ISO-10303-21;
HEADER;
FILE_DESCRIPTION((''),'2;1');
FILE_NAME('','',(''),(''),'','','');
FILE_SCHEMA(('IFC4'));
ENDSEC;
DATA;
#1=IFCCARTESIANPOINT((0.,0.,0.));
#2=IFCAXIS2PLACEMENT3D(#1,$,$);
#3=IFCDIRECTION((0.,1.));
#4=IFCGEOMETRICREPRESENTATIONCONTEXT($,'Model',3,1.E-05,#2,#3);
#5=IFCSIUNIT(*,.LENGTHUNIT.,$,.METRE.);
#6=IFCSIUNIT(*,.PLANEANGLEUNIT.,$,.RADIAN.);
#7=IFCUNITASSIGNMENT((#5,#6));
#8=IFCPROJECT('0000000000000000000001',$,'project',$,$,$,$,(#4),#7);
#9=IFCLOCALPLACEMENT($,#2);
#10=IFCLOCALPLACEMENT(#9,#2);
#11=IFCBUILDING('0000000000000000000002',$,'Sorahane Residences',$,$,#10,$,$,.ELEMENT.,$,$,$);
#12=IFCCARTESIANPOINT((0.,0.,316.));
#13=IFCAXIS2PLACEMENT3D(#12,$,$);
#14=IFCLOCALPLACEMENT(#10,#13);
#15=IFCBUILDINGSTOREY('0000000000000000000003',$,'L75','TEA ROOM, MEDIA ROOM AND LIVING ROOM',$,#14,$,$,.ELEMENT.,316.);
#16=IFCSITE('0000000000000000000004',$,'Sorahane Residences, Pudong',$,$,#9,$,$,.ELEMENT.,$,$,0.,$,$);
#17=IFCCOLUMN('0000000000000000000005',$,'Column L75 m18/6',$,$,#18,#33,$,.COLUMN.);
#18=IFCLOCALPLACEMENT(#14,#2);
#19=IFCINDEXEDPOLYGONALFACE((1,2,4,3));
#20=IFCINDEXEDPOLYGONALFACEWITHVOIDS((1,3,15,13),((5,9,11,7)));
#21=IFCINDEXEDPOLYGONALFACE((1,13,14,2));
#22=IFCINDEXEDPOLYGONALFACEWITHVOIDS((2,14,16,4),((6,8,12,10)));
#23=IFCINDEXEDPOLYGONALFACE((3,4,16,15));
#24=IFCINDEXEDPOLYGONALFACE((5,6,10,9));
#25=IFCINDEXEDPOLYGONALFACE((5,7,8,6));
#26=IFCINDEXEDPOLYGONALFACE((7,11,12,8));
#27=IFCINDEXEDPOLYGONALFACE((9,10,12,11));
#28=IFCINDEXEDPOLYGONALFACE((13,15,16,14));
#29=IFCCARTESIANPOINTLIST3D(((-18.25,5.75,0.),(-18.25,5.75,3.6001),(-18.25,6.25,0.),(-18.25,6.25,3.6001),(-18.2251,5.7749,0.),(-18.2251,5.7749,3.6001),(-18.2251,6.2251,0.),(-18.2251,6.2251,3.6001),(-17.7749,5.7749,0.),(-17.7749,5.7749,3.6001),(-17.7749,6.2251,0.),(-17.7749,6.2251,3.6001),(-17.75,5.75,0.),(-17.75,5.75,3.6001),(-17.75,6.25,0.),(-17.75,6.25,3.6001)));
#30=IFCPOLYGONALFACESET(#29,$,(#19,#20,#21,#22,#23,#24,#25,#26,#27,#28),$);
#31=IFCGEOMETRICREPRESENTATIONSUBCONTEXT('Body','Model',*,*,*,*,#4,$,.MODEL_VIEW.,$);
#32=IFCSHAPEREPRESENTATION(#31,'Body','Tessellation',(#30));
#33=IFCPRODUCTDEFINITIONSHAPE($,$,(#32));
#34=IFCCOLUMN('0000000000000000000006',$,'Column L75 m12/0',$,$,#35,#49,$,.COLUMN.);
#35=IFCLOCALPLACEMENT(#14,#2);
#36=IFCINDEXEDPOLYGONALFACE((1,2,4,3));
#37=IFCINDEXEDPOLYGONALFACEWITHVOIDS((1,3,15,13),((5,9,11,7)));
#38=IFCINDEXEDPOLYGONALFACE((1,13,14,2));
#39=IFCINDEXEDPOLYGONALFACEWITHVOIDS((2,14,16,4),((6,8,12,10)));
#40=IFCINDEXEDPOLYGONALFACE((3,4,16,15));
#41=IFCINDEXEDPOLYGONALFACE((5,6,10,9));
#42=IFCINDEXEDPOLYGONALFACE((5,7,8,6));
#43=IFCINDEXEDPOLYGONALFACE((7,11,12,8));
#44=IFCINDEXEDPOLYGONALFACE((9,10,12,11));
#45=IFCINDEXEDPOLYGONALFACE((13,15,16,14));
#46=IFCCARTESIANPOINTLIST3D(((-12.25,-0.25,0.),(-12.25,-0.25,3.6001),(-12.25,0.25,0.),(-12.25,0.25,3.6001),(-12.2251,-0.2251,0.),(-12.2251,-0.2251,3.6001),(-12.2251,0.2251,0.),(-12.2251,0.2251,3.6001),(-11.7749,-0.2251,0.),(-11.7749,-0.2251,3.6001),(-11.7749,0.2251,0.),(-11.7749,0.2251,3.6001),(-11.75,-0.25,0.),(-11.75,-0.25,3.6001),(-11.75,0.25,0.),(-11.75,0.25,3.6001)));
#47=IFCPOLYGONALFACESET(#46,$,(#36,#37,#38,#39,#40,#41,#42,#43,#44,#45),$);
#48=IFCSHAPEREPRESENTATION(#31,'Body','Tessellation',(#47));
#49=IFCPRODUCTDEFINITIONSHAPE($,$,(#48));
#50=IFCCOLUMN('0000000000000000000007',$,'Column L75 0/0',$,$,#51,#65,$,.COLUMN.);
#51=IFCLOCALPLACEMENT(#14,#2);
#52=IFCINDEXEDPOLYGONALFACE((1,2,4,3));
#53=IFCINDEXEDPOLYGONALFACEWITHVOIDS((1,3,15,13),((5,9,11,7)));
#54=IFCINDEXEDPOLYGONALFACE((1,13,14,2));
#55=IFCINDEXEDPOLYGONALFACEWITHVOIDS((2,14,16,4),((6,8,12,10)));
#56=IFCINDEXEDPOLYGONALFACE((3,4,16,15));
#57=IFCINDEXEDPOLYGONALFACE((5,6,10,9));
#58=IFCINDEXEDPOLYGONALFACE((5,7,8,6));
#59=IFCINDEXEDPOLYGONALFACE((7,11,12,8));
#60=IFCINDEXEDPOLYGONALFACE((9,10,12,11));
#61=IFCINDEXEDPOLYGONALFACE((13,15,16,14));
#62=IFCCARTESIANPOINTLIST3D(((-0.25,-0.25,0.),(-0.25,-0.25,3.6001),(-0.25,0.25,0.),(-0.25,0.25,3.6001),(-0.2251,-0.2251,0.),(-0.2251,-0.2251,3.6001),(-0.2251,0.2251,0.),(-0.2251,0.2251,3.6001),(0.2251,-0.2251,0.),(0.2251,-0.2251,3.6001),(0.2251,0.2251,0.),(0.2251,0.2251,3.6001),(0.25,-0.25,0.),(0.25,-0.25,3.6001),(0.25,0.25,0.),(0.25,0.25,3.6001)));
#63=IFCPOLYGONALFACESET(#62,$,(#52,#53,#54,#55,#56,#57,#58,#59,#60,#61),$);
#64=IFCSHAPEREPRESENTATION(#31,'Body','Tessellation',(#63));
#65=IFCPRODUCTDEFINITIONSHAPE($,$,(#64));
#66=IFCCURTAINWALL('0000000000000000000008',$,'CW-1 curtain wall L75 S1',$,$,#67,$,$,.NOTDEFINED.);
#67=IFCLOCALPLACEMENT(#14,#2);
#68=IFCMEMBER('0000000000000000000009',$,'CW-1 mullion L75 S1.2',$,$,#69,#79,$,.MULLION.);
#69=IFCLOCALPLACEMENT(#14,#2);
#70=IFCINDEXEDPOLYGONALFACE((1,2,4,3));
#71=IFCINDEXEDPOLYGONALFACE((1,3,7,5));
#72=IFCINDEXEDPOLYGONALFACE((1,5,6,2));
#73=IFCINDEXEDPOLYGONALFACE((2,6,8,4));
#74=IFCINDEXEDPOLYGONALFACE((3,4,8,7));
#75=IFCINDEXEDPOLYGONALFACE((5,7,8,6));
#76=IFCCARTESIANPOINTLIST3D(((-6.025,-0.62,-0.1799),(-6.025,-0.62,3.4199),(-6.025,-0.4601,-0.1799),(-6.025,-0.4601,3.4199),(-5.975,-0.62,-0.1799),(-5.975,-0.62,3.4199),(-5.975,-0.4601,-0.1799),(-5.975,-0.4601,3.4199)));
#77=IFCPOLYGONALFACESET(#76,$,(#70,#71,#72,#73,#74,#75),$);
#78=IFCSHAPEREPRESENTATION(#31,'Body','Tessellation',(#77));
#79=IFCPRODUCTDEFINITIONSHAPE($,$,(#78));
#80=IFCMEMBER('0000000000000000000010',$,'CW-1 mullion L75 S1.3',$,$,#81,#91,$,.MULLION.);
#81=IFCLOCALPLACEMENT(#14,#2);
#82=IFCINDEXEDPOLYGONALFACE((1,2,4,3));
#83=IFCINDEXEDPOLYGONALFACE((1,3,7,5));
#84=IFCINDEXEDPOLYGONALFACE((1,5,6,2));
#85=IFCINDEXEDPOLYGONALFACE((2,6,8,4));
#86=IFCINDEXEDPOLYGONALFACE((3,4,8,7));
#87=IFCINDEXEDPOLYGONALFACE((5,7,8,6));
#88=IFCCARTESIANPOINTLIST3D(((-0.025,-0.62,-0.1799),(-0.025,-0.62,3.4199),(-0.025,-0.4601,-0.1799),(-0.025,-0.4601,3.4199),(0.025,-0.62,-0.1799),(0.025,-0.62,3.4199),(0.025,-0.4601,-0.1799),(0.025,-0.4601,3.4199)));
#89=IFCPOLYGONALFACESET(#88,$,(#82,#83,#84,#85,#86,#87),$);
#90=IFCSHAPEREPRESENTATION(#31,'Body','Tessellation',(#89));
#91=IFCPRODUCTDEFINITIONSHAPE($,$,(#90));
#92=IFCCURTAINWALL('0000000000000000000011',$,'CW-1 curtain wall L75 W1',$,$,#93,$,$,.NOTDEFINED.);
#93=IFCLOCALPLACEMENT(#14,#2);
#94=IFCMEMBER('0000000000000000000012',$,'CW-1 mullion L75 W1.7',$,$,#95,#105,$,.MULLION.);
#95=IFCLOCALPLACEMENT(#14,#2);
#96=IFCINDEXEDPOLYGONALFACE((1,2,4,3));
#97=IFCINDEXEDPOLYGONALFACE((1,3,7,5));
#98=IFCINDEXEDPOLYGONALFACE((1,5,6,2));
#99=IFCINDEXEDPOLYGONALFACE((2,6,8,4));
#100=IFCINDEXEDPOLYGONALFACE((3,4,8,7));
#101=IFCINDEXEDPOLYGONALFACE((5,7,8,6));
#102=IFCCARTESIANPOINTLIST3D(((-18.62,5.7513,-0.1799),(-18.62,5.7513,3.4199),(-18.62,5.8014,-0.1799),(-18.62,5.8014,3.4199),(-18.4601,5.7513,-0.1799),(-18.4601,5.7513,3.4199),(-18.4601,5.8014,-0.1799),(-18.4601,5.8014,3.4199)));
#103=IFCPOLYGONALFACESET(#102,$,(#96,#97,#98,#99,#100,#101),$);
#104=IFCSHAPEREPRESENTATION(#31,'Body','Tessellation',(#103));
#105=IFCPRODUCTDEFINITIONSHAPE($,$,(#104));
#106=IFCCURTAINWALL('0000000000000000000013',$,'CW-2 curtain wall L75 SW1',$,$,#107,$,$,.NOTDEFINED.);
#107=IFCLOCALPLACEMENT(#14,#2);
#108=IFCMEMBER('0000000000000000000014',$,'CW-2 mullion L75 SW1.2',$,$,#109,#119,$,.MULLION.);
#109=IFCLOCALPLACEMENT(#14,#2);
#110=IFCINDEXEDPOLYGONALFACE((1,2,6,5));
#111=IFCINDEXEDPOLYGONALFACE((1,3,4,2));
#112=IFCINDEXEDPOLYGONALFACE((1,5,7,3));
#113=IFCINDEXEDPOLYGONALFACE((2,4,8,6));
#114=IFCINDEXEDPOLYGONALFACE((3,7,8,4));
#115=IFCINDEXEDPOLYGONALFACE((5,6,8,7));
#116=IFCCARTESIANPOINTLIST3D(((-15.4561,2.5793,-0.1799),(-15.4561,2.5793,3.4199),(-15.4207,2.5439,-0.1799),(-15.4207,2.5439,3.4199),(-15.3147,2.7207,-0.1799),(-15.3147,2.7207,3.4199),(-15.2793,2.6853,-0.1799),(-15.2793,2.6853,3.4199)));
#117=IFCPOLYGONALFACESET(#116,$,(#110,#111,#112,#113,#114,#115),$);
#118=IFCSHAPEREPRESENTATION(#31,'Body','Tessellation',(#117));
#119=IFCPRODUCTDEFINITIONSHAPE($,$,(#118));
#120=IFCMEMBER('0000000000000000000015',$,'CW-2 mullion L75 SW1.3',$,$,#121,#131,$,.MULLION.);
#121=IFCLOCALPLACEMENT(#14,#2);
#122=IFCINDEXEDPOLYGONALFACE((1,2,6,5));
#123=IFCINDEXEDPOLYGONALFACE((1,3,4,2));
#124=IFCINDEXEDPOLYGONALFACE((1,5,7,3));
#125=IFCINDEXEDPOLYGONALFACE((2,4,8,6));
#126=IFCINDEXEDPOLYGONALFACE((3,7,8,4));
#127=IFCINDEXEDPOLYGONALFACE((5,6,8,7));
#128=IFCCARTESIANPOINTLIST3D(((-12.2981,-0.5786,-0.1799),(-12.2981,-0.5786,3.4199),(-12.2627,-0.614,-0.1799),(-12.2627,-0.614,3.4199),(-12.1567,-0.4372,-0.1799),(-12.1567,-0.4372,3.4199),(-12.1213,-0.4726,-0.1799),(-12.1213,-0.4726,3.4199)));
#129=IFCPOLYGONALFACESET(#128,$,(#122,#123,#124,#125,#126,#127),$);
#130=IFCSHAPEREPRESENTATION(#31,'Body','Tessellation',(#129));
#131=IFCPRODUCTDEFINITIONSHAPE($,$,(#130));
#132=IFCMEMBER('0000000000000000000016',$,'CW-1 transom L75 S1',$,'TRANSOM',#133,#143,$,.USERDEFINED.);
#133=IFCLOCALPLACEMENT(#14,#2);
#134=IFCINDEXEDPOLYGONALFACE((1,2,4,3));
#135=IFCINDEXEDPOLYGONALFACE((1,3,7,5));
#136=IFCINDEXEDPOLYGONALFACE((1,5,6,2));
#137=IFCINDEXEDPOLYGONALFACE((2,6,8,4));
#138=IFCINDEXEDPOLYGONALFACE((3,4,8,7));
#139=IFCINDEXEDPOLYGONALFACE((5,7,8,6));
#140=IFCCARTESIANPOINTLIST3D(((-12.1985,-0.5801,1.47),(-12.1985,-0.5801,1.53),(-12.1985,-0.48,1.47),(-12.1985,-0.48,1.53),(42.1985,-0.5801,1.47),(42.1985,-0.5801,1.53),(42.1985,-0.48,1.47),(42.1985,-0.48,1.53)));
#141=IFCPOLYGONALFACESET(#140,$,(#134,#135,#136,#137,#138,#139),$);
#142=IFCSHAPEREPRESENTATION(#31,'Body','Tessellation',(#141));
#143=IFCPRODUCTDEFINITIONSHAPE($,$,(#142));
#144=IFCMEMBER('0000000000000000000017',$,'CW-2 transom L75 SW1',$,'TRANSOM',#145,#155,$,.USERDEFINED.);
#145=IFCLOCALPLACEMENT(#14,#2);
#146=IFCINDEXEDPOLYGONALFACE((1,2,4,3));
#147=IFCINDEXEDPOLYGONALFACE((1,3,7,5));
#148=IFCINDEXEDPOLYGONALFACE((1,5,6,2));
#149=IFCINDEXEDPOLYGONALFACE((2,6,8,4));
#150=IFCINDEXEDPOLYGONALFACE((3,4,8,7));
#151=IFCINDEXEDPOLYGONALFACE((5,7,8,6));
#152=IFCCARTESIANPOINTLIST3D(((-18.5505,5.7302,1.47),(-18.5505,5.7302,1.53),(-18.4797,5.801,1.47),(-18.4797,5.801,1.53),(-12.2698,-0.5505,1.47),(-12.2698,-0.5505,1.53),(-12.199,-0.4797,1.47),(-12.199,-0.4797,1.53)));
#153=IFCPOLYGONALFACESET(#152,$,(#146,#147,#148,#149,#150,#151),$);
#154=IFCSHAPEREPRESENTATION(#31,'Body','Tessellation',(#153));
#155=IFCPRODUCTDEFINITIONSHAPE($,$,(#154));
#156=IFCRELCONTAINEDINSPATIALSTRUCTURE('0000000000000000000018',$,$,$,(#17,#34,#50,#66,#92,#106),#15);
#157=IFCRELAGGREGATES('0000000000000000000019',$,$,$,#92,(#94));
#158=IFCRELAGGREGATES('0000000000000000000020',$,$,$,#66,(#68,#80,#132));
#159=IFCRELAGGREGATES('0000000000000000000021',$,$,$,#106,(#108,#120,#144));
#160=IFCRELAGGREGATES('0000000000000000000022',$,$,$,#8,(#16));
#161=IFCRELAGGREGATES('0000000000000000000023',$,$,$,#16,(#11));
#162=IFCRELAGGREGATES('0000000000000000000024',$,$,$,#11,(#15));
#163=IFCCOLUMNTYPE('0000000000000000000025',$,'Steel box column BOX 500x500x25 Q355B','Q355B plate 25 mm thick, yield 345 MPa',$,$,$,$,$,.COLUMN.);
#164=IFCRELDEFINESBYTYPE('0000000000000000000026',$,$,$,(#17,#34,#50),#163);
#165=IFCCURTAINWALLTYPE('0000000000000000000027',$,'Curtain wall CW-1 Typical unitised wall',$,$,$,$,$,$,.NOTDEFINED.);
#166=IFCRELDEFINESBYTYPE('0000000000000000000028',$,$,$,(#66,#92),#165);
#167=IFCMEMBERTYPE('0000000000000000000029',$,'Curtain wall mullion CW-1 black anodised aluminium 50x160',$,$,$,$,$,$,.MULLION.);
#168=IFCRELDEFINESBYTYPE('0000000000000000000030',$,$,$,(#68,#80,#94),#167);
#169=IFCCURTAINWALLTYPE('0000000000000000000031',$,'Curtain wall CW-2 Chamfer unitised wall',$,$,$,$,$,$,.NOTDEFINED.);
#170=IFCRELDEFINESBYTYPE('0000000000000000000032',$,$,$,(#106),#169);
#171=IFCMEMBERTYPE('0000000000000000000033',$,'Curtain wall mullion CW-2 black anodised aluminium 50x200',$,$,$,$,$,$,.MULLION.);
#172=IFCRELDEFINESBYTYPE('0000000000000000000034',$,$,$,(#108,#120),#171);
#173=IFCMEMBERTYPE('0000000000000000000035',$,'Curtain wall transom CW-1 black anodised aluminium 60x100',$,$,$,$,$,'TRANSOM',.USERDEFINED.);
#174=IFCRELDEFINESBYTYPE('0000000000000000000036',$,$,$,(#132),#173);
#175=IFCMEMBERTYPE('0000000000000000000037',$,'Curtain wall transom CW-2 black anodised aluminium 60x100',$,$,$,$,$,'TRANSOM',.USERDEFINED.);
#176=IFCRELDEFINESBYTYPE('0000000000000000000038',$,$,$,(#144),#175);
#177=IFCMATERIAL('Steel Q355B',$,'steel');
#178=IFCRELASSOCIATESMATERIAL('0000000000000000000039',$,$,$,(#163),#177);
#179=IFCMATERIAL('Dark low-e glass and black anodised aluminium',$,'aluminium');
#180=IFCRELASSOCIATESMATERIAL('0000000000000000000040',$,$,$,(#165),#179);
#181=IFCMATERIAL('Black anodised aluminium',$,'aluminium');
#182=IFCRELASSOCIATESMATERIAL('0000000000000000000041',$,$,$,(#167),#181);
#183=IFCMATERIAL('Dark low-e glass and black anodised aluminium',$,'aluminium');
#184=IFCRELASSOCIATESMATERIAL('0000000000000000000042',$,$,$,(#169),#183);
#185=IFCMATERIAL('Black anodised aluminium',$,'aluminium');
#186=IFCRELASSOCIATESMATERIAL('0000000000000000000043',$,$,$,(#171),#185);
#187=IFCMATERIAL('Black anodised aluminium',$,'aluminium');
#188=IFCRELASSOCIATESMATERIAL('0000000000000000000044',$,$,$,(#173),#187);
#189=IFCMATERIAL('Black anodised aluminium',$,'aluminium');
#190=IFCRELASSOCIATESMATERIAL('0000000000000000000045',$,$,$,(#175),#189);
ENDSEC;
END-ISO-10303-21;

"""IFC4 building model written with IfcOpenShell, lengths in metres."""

from ifc_helpers import new_model, si_unit, direction, frame, origin, origin_2d, place, context, subcontext, project, spatial, rectangle, hollow_rectangle, extrude, material, material_profile, profile_set, type_object, element, aggregate, save


model = new_model("IFC4")

# Units and contexts
model_context = context("Model", 3, precision=1e-05, world=origin(), true_north=direction((0.0, 1.0)))
body_context = subcontext(model_context, "Body", "Model", "MODEL_VIEW")
ifc_project = project(units=[si_unit("LENGTHUNIT", "METRE"), si_unit("PLANEANGLEUNIT", "RADIAN")], contexts=[model_context])

# Site, building, storey
site_placement = place(None, origin())
site = spatial("IfcSite", under=ifc_project, at=site_placement, Name="Sorahane Residences, Pudong", CompositionType="ELEMENT", RefElevation=0.0)
building_placement = place(site_placement, origin())
building = spatial("IfcBuilding", under=site, at=building_placement, Name="Sorahane Residences", CompositionType="ELEMENT")
storey_placement = place(building_placement, frame((0.0, 0.0, 316.0)))
storey = spatial("IfcBuildingStorey", under=building, at=storey_placement, Name="L75", Description="TEA ROOM, MEDIA ROOM AND LIVING ROOM", CompositionType="ELEMENT", Elevation=316.0)

# Columns
ifc_material_1 = material(Name="Steel Q355B", Category="steel")
ifc_material_profile_1 = material_profile(ifc_material_1, hollow_rectangle(XDim=0.5, YDim=0.5, WallThickness=0.0249, at=origin_2d()), Name="BOX 500x500x25")
ifc_profile_set_1 = profile_set([ifc_material_profile_1], Name="Steel Q355B")
column_type = type_object("IfcColumnType", Name="Steel box column BOX 500x500x25 Q355B", Description="Q355B plate 25 mm thick, yield 345 MPa", PredefinedType="COLUMN", material=ifc_profile_set_1)
for number, where, z_axis, x_axis, name in (
    (1, (-18.0, 6.0, 0.0), (0.0, 0.0, 1.0), (1.0, 0.0, 0.0), "Column L75 m18/6"),
    (2, (-12.0, 0.0, 0.0), (0.0, 0.0, 1.0), (1.0, 0.0, 0.0), "Column L75 m12/0"),
    (3, (0.0, 0.0, 0.0), (0.0, 0.0, 1.0), (1.0, 0.0, 0.0), "Column L75 0/0"),
):
    element("IfcColumn", number, at=place(storey_placement, frame(where, z_axis=z_axis, x_axis=x_axis)), inside=storey, type_object=column_type, Name=name, PredefinedType="COLUMN", context=body_context, shape_type="SweptSolid", body=[
        extrude(hollow_rectangle(XDim=0.5, YDim=0.5, WallThickness=0.0249, at=origin_2d()), origin(), (0.0, 0.0, 1.0), 3.6001),
    ])

# Curtain wall, members
ifc_material_2 = material(Name="Dark low-e glass and black anodised aluminium", Category="aluminium")
curtain_wall_type_1 = type_object("IfcCurtainWallType", Name="Curtain wall CW-1 Typical unitised wall", PredefinedType="NOTDEFINED", material=ifc_material_2)
curtain_wall_1_placement = place(storey_placement, origin())
curtain_wall_1 = element("IfcCurtainWall", 4, at=curtain_wall_1_placement, inside=storey, type_object=curtain_wall_type_1, Name="CW-1 curtain wall L75 S1", PredefinedType="NOTDEFINED")
ifc_material_3 = material(Name="Black anodised aluminium", Category="aluminium")
ifc_material_profile_2 = material_profile(ifc_material_3, rectangle(XDim=0.1599, YDim=0.05, at=origin_2d()), Name="Curtain wall mullion CW-1 black anodised aluminium 50x160")
ifc_profile_set_2 = profile_set([ifc_material_profile_2], Name="Black anodised aluminium")
member_type_1 = type_object("IfcMemberType", Name="Curtain wall mullion CW-1 black anodised aluminium 50x160", PredefinedType="MULLION", material=ifc_profile_set_2)
member_1_placement = place(storey_placement, frame((-6.0, -0.54, -0.1799), z_axis=(0.0, 0.0, 1.0), x_axis=(0.0, -1.0, 0.0)))
member_1 = element("IfcMember", 5, at=member_1_placement, type_object=member_type_1, Name="CW-1 mullion L75 S1.2", PredefinedType="MULLION", context=body_context, shape_type="SweptSolid", body=[
    extrude(rectangle(XDim=0.1599, YDim=0.05, at=origin_2d()), origin(), (0.0, 0.0, 1.0), 3.5999),
])
member_2_placement = place(storey_placement, frame((0.0, -0.54, -0.1799), z_axis=(0.0, 0.0, 1.0), x_axis=(0.0, -1.0, 0.0)))
member_2 = element("IfcMember", 6, at=member_2_placement, type_object=member_type_1, Name="CW-1 mullion L75 S1.3", PredefinedType="MULLION", context=body_context, shape_type="SweptSolid", body=[
    extrude(rectangle(XDim=0.1599, YDim=0.05, at=origin_2d()), origin(), (0.0, 0.0, 1.0), 3.5999),
])

# Curtain wall, member
curtain_wall_2_placement = place(storey_placement, origin())
curtain_wall_2 = element("IfcCurtainWall", 7, at=curtain_wall_2_placement, inside=storey, type_object=curtain_wall_type_1, Name="CW-1 curtain wall L75 W1", PredefinedType="NOTDEFINED")
member_3_placement = place(storey_placement, frame((-18.54, 5.7764, -0.1799), z_axis=(0.0, 0.0, 1.0), x_axis=(-1.0, 0.0, 0.0)))
member_3 = element("IfcMember", 8, at=member_3_placement, type_object=member_type_1, Name="CW-1 mullion L75 W1.7", PredefinedType="MULLION", context=body_context, shape_type="SweptSolid", body=[
    extrude(rectangle(XDim=0.1599, YDim=0.05, at=origin_2d()), origin(), (0.0, 0.0, 1.0), 3.5999),
])
aggregate(curtain_wall_2, [member_3])

# Curtain wall, members
ifc_material_4 = material(Name="Dark low-e glass and black anodised aluminium", Category="aluminium")
curtain_wall_type_2 = type_object("IfcCurtainWallType", Name="Curtain wall CW-2 Chamfer unitised wall", PredefinedType="NOTDEFINED", material=ifc_material_4)
curtain_wall_3_placement = place(storey_placement, origin())
curtain_wall_3 = element("IfcCurtainWall", 9, at=curtain_wall_3_placement, inside=storey, type_object=curtain_wall_type_2, Name="CW-2 curtain wall L75 SW1", PredefinedType="NOTDEFINED")
ifc_material_5 = material(Name="Black anodised aluminium", Category="aluminium")
ifc_material_profile_3 = material_profile(ifc_material_5, rectangle(XDim=0.2, YDim=0.05, at=origin_2d()), Name="Curtain wall mullion CW-2 black anodised aluminium 50x200")
ifc_profile_set_3 = profile_set([ifc_material_profile_3], Name="Black anodised aluminium")
member_type_2 = type_object("IfcMemberType", Name="Curtain wall mullion CW-2 black anodised aluminium 50x200", PredefinedType="MULLION", material=ifc_profile_set_3)
member_4_placement = place(storey_placement, frame((-15.3677, 2.6323, -0.1799), z_axis=(0.0, 0.0, 1.0), x_axis=(-0.707107, -0.707107, 0.0)))
member_4 = element("IfcMember", 10, at=member_4_placement, type_object=member_type_2, Name="CW-2 mullion L75 SW1.2", PredefinedType="MULLION", context=body_context, shape_type="SweptSolid", body=[
    extrude(rectangle(XDim=0.2, YDim=0.05, at=origin_2d()), origin(), (0.0, 0.0, 1.0), 3.5999),
])
member_5_placement = place(storey_placement, frame((-12.2097, -0.5256, -0.1799), z_axis=(0.0, 0.0, 1.0), x_axis=(-0.707107, -0.707107, 0.0)))
member_5 = element("IfcMember", 11, at=member_5_placement, type_object=member_type_2, Name="CW-2 mullion L75 SW1.3", PredefinedType="MULLION", context=body_context, shape_type="SweptSolid", body=[
    extrude(rectangle(XDim=0.2, YDim=0.05, at=origin_2d()), origin(), (0.0, 0.0, 1.0), 3.5999),
])

# Members
ifc_material_6 = material(Name="Black anodised aluminium", Category="aluminium")
ifc_material_profile_4 = material_profile(ifc_material_6, rectangle(XDim=0.1001, YDim=0.0601, at=origin_2d()), Name="Curtain wall transom CW-1 black anodised aluminium 60x100")
ifc_profile_set_4 = profile_set([ifc_material_profile_4], Name="Black anodised aluminium")
member_type_3 = type_object("IfcMemberType", Name="Curtain wall transom CW-1 black anodised aluminium 60x100", ElementType="TRANSOM", PredefinedType="USERDEFINED", material=ifc_profile_set_4)
member_6_placement = place(storey_placement, frame((-12.1985, -0.53, 1.5), z_axis=(1.0, 0.0, 0.0), x_axis=(0.0, 1.0, 0.0)))
member_6 = element("IfcMember", 12, at=member_6_placement, type_object=member_type_3, Name="CW-1 transom L75 S1", ObjectType="TRANSOM", PredefinedType="USERDEFINED", context=body_context, shape_type="SweptSolid", body=[
    extrude(rectangle(XDim=0.1001, YDim=0.0601, at=origin_2d()), origin(), (0.0, 0.0, 1.0), 54.397),
])
ifc_material_7 = material(Name="Black anodised aluminium", Category="aluminium")
ifc_material_profile_5 = material_profile(ifc_material_7, rectangle(XDim=0.1001, YDim=0.0601, at=origin_2d()), Name="Curtain wall transom CW-2 black anodised aluminium 60x100")
ifc_profile_set_5 = profile_set([ifc_material_profile_5], Name="Black anodised aluminium")
member_type_4 = type_object("IfcMemberType", Name="Curtain wall transom CW-2 black anodised aluminium 60x100", ElementType="TRANSOM", PredefinedType="USERDEFINED", material=ifc_profile_set_5)
member_7_placement = place(storey_placement, frame((-18.5151, 5.7656, 1.5), z_axis=(0.707107, -0.707107, 0.0), x_axis=(0.707107, 0.707107, 0.0)))
member_7 = element("IfcMember", 13, at=member_7_placement, type_object=member_type_4, Name="CW-2 transom L75 SW1", ObjectType="TRANSOM", PredefinedType="USERDEFINED", context=body_context, shape_type="SweptSolid", body=[
    extrude(rectangle(XDim=0.1001, YDim=0.0601, at=origin_2d()), origin(), (0.0, 0.0, 1.0), 8.8823),
])

aggregate(curtain_wall_1, [member_1, member_2, member_6])
aggregate(curtain_wall_3, [member_4, member_5, member_7])

save(model, "model.ifc")
